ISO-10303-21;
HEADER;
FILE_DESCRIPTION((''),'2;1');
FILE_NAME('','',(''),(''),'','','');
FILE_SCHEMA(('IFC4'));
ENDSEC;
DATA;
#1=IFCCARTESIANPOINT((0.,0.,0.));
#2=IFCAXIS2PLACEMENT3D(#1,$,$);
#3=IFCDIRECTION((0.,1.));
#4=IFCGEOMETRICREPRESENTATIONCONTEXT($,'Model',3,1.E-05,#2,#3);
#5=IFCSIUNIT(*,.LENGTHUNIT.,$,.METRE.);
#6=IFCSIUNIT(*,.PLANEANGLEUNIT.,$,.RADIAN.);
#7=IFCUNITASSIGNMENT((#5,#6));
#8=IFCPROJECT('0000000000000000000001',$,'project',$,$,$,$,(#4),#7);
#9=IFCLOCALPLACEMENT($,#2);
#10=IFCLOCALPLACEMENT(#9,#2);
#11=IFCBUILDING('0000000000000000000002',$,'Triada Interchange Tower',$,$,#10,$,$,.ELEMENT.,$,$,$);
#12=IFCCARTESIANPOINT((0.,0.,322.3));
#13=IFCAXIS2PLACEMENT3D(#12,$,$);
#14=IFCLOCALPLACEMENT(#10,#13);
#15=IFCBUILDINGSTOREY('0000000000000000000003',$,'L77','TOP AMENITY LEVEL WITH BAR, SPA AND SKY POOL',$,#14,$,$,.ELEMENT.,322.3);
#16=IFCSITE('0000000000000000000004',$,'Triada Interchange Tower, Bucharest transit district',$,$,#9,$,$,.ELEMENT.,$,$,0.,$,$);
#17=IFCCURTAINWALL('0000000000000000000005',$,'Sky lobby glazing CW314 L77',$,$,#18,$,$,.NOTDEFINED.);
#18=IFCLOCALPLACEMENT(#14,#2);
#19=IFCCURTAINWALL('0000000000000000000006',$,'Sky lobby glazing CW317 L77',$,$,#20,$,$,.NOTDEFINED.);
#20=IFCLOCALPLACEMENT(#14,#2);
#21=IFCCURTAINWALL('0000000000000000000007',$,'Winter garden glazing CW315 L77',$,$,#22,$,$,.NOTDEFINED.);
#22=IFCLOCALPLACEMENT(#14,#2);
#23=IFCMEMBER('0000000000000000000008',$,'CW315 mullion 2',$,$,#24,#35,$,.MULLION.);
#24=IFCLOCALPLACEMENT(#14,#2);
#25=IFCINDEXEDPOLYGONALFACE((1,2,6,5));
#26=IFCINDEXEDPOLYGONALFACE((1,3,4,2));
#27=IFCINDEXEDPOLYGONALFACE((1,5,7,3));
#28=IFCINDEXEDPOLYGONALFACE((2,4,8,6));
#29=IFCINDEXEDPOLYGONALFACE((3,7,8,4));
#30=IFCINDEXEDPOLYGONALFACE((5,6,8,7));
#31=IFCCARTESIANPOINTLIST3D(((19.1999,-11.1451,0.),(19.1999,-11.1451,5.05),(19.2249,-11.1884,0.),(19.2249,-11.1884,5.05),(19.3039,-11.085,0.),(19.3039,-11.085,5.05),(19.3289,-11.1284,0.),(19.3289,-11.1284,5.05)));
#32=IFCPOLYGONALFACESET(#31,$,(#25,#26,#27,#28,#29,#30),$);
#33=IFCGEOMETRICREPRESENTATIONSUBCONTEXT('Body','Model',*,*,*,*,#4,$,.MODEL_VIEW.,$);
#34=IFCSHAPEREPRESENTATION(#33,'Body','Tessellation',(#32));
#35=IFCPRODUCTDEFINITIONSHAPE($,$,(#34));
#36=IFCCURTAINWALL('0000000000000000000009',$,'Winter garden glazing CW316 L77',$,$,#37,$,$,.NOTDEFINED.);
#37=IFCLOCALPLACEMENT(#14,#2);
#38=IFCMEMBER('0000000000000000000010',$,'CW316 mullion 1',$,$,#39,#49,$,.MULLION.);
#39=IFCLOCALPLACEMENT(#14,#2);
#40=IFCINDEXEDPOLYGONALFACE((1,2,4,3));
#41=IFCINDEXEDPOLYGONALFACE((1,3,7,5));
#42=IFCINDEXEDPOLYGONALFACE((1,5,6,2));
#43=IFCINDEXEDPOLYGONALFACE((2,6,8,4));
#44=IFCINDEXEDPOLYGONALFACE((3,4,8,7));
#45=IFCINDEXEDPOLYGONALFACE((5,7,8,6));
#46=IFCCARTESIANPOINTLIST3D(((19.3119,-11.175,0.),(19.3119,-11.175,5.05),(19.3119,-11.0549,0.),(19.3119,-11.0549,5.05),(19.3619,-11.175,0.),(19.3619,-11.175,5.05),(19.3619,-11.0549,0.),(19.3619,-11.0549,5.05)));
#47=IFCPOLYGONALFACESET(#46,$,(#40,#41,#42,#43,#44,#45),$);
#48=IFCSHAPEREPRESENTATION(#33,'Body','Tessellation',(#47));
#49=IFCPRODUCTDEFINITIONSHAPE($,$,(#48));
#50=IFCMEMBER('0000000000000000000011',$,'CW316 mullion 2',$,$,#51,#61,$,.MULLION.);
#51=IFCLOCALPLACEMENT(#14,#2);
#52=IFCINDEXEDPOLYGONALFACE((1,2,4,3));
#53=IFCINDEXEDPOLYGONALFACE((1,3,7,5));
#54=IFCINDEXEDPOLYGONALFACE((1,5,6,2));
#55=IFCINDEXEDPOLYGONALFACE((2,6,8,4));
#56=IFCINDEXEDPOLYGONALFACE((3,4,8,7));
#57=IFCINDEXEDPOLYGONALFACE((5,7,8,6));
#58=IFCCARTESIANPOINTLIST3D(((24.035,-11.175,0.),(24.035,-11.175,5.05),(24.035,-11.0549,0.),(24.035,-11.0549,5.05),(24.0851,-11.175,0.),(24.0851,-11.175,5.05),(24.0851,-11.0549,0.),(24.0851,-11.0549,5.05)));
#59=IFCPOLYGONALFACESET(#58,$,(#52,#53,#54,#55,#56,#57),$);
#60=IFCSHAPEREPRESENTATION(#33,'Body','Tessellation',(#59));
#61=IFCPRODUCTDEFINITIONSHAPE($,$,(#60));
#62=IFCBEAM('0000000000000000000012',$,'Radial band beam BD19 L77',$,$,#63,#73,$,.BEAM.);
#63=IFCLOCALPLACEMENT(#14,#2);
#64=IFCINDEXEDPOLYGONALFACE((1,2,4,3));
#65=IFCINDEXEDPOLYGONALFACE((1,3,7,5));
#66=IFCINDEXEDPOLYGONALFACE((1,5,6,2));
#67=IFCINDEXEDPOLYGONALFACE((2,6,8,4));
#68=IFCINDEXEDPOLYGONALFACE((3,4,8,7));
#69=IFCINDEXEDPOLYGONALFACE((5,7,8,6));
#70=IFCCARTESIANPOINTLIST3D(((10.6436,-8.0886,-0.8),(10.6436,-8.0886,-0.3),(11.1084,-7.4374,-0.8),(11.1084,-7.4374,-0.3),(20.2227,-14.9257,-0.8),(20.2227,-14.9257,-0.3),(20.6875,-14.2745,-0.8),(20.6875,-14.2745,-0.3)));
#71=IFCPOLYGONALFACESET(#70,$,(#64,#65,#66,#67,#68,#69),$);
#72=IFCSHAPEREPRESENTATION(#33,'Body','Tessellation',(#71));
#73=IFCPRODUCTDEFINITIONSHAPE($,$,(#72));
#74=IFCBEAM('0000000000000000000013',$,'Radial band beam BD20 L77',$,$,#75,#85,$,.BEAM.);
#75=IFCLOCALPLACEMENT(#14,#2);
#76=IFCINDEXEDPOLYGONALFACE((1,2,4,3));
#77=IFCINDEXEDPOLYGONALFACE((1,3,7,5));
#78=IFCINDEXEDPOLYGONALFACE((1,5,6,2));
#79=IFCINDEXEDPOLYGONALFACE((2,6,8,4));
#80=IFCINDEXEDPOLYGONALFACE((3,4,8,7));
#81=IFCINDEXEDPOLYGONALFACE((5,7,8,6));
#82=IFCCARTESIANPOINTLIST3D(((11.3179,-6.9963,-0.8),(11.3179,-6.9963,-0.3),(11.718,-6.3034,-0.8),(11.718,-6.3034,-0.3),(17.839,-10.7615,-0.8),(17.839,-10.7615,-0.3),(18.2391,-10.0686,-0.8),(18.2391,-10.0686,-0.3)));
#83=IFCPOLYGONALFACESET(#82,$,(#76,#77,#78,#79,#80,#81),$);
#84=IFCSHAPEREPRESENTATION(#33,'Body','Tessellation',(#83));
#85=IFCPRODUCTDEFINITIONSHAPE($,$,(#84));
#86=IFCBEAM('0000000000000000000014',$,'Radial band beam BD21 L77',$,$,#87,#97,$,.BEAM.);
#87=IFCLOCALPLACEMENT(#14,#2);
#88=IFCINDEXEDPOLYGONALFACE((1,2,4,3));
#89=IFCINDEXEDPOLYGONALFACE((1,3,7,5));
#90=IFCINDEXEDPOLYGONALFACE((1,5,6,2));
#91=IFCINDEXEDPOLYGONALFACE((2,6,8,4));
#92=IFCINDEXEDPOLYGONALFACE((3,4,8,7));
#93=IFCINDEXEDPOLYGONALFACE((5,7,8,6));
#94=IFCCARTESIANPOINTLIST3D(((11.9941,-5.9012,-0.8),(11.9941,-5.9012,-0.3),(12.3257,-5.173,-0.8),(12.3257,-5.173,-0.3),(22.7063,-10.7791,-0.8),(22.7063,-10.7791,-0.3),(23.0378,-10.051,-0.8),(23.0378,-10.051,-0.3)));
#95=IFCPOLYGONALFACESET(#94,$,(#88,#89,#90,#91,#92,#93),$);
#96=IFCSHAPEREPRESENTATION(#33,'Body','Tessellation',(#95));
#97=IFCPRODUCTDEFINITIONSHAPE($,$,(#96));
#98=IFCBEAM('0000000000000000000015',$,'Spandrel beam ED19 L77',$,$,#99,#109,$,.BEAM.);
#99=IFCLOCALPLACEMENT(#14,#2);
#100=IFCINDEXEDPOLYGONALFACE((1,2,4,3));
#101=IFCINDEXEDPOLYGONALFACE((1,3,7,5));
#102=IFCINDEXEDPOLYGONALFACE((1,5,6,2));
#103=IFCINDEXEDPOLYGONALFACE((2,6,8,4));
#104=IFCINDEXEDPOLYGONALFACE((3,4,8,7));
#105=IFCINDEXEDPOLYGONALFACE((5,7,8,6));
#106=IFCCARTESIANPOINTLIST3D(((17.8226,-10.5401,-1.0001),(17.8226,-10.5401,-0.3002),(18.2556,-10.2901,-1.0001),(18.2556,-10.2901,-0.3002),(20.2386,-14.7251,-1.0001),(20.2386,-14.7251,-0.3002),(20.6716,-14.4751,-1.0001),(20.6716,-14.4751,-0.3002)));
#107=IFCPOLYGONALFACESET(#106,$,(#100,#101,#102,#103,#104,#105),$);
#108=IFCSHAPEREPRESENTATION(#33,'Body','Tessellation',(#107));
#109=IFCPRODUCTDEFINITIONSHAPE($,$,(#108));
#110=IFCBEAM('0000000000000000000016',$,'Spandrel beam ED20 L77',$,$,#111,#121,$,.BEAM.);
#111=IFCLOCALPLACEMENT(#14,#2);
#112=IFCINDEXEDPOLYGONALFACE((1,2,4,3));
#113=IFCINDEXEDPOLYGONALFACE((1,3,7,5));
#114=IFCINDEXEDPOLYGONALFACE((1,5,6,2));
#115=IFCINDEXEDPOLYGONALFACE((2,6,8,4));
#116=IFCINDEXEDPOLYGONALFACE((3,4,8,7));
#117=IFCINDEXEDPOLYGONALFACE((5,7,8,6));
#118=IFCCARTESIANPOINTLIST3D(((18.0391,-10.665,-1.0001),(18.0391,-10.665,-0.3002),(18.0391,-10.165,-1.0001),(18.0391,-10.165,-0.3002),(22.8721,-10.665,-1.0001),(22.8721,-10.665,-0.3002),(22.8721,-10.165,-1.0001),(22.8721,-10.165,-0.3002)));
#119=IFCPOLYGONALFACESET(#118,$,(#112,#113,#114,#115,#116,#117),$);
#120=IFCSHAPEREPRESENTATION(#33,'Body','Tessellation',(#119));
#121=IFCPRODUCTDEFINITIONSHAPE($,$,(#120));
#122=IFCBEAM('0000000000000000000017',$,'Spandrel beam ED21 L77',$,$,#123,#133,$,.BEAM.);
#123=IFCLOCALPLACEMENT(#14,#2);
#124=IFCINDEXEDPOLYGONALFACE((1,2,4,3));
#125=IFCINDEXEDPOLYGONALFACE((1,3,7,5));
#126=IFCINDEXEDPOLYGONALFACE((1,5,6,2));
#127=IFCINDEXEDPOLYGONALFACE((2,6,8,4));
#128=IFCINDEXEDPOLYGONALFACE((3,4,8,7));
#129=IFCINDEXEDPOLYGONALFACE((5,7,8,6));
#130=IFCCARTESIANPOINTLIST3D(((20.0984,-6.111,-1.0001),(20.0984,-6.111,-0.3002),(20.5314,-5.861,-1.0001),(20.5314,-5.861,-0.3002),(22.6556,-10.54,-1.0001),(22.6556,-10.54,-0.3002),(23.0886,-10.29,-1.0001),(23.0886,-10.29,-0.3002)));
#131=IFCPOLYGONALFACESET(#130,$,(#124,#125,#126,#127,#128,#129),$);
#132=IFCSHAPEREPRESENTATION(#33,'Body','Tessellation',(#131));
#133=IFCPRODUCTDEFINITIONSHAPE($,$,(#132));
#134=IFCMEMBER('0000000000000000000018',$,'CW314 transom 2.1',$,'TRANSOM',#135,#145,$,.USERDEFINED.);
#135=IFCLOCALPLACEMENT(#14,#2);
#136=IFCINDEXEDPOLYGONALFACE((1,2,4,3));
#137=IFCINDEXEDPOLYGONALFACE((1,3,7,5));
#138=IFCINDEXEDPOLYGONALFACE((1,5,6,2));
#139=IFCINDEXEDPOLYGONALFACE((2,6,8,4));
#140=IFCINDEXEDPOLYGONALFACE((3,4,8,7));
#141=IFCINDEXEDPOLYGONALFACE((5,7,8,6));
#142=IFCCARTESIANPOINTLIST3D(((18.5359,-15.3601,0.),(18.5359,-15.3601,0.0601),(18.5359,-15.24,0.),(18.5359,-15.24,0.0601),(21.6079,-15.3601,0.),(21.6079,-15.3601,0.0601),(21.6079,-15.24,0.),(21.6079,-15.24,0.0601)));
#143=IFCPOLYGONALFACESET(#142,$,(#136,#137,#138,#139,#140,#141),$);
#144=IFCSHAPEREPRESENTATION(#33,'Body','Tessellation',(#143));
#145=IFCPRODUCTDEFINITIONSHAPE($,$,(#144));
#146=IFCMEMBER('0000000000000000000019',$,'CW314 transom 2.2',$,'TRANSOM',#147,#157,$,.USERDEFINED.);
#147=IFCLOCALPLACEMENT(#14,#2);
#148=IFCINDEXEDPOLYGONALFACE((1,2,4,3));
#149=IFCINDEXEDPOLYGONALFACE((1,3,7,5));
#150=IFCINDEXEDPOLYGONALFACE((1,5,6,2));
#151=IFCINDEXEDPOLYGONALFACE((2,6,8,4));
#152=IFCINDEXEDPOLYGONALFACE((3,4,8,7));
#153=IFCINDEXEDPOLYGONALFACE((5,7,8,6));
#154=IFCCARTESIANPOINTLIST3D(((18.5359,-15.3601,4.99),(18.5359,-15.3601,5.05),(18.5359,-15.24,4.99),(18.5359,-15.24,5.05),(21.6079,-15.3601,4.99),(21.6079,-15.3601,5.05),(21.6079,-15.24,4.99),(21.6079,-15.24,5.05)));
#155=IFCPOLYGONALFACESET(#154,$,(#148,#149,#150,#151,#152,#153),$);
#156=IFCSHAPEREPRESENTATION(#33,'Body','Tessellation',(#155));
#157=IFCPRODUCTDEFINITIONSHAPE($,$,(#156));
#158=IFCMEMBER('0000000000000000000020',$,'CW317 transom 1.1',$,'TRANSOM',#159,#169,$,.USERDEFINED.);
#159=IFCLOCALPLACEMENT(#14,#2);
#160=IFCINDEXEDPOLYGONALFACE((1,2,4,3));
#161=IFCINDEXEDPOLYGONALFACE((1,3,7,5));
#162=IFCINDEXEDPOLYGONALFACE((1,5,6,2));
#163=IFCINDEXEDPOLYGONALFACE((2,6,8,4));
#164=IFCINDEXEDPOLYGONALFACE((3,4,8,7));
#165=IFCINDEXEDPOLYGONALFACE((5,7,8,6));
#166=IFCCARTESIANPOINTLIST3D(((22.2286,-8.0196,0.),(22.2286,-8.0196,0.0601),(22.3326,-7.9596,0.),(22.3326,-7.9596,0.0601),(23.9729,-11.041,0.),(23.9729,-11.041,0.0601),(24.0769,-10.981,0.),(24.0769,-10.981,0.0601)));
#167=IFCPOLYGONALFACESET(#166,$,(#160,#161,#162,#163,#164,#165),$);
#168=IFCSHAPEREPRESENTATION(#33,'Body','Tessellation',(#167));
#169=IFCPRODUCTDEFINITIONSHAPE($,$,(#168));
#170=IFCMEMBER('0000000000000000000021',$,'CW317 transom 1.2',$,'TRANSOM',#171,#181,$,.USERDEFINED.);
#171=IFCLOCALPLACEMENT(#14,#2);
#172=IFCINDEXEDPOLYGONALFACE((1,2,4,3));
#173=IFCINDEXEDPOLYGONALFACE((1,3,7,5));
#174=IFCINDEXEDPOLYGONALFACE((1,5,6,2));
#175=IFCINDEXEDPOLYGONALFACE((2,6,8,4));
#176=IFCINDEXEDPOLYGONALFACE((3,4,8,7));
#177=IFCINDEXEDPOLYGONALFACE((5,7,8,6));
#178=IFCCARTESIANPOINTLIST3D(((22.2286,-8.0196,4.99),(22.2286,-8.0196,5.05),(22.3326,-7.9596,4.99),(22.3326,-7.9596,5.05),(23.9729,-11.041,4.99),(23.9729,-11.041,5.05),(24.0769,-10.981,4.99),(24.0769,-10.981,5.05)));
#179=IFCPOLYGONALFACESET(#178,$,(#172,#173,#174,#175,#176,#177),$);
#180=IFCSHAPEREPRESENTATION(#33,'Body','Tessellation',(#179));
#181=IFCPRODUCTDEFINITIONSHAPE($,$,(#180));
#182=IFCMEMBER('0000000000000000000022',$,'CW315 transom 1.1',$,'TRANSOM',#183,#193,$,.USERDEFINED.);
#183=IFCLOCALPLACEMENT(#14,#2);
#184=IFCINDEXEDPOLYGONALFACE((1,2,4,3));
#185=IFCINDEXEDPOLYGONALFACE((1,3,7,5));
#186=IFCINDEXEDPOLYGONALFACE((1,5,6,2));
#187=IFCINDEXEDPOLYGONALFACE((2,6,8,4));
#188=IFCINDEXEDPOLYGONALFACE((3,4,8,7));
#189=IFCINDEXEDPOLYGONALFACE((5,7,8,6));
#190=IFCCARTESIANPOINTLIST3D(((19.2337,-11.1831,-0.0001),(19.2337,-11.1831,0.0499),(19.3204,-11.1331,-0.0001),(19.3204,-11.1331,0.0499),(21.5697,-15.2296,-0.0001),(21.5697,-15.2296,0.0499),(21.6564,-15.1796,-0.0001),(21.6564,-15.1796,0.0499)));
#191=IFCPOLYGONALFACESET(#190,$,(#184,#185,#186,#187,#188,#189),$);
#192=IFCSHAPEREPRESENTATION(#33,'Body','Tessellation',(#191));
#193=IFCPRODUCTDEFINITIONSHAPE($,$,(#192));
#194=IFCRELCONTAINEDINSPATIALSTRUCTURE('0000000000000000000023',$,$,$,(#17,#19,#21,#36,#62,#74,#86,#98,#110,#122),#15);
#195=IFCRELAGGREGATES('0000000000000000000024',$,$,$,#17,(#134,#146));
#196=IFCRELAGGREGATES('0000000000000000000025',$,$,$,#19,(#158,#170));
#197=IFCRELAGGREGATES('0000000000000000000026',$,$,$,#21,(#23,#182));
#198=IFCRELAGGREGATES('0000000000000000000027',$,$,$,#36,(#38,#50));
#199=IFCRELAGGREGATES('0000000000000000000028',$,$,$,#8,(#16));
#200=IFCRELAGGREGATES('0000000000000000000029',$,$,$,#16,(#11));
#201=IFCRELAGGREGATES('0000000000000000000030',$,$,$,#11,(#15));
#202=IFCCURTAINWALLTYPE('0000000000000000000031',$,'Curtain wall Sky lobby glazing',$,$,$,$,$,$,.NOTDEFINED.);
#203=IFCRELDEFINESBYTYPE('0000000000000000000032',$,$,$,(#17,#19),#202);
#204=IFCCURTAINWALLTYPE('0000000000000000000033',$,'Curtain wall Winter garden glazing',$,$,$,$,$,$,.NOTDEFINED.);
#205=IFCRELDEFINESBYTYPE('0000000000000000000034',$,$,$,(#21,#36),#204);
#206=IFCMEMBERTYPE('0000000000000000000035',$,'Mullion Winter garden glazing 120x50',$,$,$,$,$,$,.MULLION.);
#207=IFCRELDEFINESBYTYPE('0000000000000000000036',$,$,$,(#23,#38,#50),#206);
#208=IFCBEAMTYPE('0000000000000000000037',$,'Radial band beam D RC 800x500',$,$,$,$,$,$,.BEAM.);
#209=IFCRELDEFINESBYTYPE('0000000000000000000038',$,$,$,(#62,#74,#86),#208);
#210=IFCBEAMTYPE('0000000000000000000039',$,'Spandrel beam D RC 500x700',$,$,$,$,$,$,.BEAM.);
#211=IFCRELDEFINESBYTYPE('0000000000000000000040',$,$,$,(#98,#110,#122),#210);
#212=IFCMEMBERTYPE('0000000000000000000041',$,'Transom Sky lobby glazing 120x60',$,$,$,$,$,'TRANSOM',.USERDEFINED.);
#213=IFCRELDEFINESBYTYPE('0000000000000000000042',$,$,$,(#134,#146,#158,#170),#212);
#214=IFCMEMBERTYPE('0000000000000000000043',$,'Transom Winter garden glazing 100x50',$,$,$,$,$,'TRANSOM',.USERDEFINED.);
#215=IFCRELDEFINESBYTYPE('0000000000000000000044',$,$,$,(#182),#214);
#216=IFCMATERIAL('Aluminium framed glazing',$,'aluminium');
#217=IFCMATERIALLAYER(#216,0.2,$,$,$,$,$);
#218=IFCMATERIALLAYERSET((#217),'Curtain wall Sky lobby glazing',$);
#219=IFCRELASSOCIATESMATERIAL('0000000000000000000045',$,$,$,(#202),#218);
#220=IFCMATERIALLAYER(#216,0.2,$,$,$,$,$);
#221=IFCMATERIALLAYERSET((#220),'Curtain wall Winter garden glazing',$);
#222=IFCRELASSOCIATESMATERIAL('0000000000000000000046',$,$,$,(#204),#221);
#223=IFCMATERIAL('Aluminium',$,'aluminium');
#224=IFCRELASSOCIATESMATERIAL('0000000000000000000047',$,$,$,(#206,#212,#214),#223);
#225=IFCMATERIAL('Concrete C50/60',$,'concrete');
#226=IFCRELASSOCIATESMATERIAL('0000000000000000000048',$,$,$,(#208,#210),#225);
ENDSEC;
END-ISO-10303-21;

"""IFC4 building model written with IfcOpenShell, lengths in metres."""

from ifc_helpers import new_model, si_unit, direction, frame, origin, origin_2d, place, context, subcontext, project, spatial, rectangle, extrude, material, layer, layer_set, material_profile, profile_set, type_object, element, aggregate, save


model = new_model("IFC4")

# Units and contexts
model_context = context("Model", 3, precision=1e-05, world=origin(), true_north=direction((0.0, 1.0)))
body_context = subcontext(model_context, "Body", "Model", "MODEL_VIEW")
ifc_project = project(units=[si_unit("LENGTHUNIT", "METRE"), si_unit("PLANEANGLEUNIT", "RADIAN")], contexts=[model_context])

# Site, building, storey
site_placement = place(None, origin())
site = spatial("IfcSite", under=ifc_project, at=site_placement, Name="Triada Interchange Tower, Bucharest transit district", CompositionType="ELEMENT", RefElevation=0.0)
building_placement = place(site_placement, origin())
building = spatial("IfcBuilding", under=site, at=building_placement, Name="Triada Interchange Tower", CompositionType="ELEMENT")
storey_placement = place(building_placement, frame((0.0, 0.0, 322.3)))
storey = spatial("IfcBuildingStorey", under=building, at=storey_placement, Name="L77", Description="TOP AMENITY LEVEL WITH BAR, SPA AND SKY POOL", CompositionType="ELEMENT", Elevation=322.3)

# Curtain wall
ifc_material_1 = material(Name="Aluminium framed glazing", Category="aluminium")
ifc_layer_1 = layer(ifc_material_1, 0.2)
ifc_layer_set_1 = layer_set([ifc_layer_1], Name="Curtain wall Sky lobby glazing")
curtain_wall_type_1 = type_object("IfcCurtainWallType", Name="Curtain wall Sky lobby glazing", PredefinedType="NOTDEFINED", material=ifc_layer_set_1)
curtain_wall_1_placement = place(storey_placement, origin())
curtain_wall_1 = element("IfcCurtainWall", 1, at=curtain_wall_1_placement, inside=storey, type_object=curtain_wall_type_1, Name="Sky lobby glazing CW314 L77", PredefinedType="NOTDEFINED")
ifc_material_2 = material(Name="Aluminium", Category="aluminium")

# Curtain wall
curtain_wall_2_placement = place(storey_placement, origin())
curtain_wall_2 = element("IfcCurtainWall", 2, at=curtain_wall_2_placement, inside=storey, type_object=curtain_wall_type_1, Name="Sky lobby glazing CW317 L77", PredefinedType="NOTDEFINED")

# Curtain walls, members
ifc_layer_2 = layer(ifc_material_1, 0.2)
ifc_layer_set_2 = layer_set([ifc_layer_2], Name="Curtain wall Winter garden glazing")
curtain_wall_type_2 = type_object("IfcCurtainWallType", Name="Curtain wall Winter garden glazing", PredefinedType="NOTDEFINED", material=ifc_layer_set_2)
curtain_wall_3_placement = place(storey_placement, origin())
curtain_wall_3 = element("IfcCurtainWall", 3, at=curtain_wall_3_placement, inside=storey, type_object=curtain_wall_type_2, Name="Winter garden glazing CW315 L77", PredefinedType="NOTDEFINED")
ifc_material_profile_1 = material_profile(ifc_material_2, rectangle(XDim=0.1201, YDim=0.05, at=origin_2d()), Name="Aluminium mullion")
ifc_profile_set_1 = profile_set([ifc_material_profile_1], Name="Aluminium")
member_type_1 = type_object("IfcMemberType", Name="Mullion Winter garden glazing 120x50", PredefinedType="MULLION", material=ifc_profile_set_1)
member_1_placement = place(storey_placement, frame((19.2644, -11.1367, 0.0), z_axis=(0.0, 0.0, 1.0), x_axis=(-0.866043, -0.49997, 0.0)))
member_1 = element("IfcMember", 4, at=member_1_placement, type_object=member_type_1, Name="CW315 mullion 2", PredefinedType="MULLION", context=body_context, shape_type="SweptSolid", body=[
    extrude(rectangle(XDim=0.1201, YDim=0.05, at=origin_2d()), origin(), (0.0, 0.0, 1.0), 5.05),
])
curtain_wall_4_placement = place(storey_placement, origin())
curtain_wall_4 = element("IfcCurtainWall", 5, at=curtain_wall_4_placement, inside=storey, type_object=curtain_wall_type_2, Name="Winter garden glazing CW316 L77", PredefinedType="NOTDEFINED")
member_2_placement = place(storey_placement, frame((19.3369, -11.115, 0.0), z_axis=(0.0, 0.0, 1.0), x_axis=(0.0, 1.0, 0.0)))
member_2 = element("IfcMember", 6, at=member_2_placement, type_object=member_type_1, Name="CW316 mullion 1", PredefinedType="MULLION", context=body_context, shape_type="SweptSolid", body=[
    extrude(rectangle(XDim=0.1201, YDim=0.05, at=origin_2d()), origin(), (0.0, 0.0, 1.0), 5.05),
])
member_3_placement = place(storey_placement, frame((24.0601, -11.115, 0.0), z_axis=(0.0, 0.0, 1.0), x_axis=(0.0, 1.0, 0.0)))
member_3 = element("IfcMember", 7, at=member_3_placement, type_object=member_type_1, Name="CW316 mullion 2", PredefinedType="MULLION", context=body_context, shape_type="SweptSolid", body=[
    extrude(rectangle(XDim=0.1201, YDim=0.05, at=origin_2d()), origin(), (0.0, 0.0, 1.0), 5.05),
])

# Beams
ifc_material_3 = material(Name="Concrete C50/60", Category="concrete")
ifc_material_profile_2 = material_profile(ifc_material_3, rectangle(XDim=0.8, YDim=0.5, at=origin_2d()), Name="RC 800x500")
ifc_profile_set_2 = profile_set([ifc_material_profile_2], Name="Concrete C50/60")
beam_type_1 = type_object("IfcBeamType", Name="Radial band beam D RC 800x500", PredefinedType="BEAM", material=ifc_profile_set_2)
beam_1_placement = place(storey_placement, frame((20.4551, -14.6001, -0.55), z_axis=(-0.813937, 0.580954, 0.0), x_axis=(-0.580954, -0.813937, 0.0)))
element("IfcBeam", 8, at=beam_1_placement, inside=storey, type_object=beam_type_1, Name="Radial band beam BD19 L77", PredefinedType="BEAM", context=body_context, shape_type="SweptSolid", body=[
    extrude(rectangle(XDim=0.8, YDim=0.5, at=origin_2d()), origin(), (0.0, 0.0, 1.0), 11.7688),
])
beam_2_placement = place(storey_placement, frame((18.0391, -10.415, -0.55), z_axis=(-0.866012, 0.500024, 0.0), x_axis=(-0.500024, -0.866012, 0.0)))
element("IfcBeam", 9, at=beam_2_placement, inside=storey, type_object=beam_type_1, Name="Radial band beam BD20 L77", PredefinedType="BEAM", context=body_context, shape_type="SweptSolid", body=[
    extrude(rectangle(XDim=0.8, YDim=0.5, at=origin_2d()), origin(), (0.0, 0.0, 1.0), 7.53),
])
beam_3_placement = place(storey_placement, frame((22.8721, -10.415, -0.55), z_axis=(-0.910086, 0.41442, 0.0), x_axis=(-0.41442, -0.910086, 0.0)))
element("IfcBeam", 10, at=beam_3_placement, inside=storey, type_object=beam_type_1, Name="Radial band beam BD21 L77", PredefinedType="BEAM", context=body_context, shape_type="SweptSolid", body=[
    extrude(rectangle(XDim=0.8, YDim=0.5, at=origin_2d()), origin(), (0.0, 0.0, 1.0), 11.7705),
])
ifc_material_profile_3 = material_profile(ifc_material_3, rectangle(XDim=0.5, YDim=0.7, at=origin_2d()), Name="RC 500x700")
ifc_profile_set_3 = profile_set([ifc_material_profile_3], Name="Concrete C50/60")
beam_type_2 = type_object("IfcBeamType", Name="Spandrel beam D RC 500x700", PredefinedType="BEAM", material=ifc_profile_set_3)
beam_4_placement = place(storey_placement, frame((20.4551, -14.6001, -0.6501), z_axis=(-0.499964, 0.866046, 0.0), x_axis=(-0.866046, -0.499964, 0.0)))
element("IfcBeam", 11, at=beam_4_placement, inside=storey, type_object=beam_type_2, Name="Spandrel beam ED19 L77", PredefinedType="BEAM", context=body_context, shape_type="SweptSolid", body=[
    extrude(rectangle(XDim=0.5, YDim=0.7, at=origin_2d()), origin(), (0.0, 0.0, 1.0), 4.8323),
])
beam_5_placement = place(storey_placement, frame((18.0391, -10.415, -0.6501), z_axis=(1.0, 0.0, 0.0), x_axis=(0.0, 1.0, 0.0)))
element("IfcBeam", 12, at=beam_5_placement, inside=storey, type_object=beam_type_2, Name="Spandrel beam ED20 L77", PredefinedType="BEAM", context=body_context, shape_type="SweptSolid", body=[
    extrude(rectangle(XDim=0.5, YDim=0.7, at=origin_2d()), origin(), (0.0, 0.0, 1.0), 4.833),
])
beam_6_placement = place(storey_placement, frame((22.8721, -10.415, -0.6501), z_axis=(-0.50001, 0.866019, 0.0), x_axis=(-0.866019, -0.50001, 0.0)))
element("IfcBeam", 13, at=beam_6_placement, inside=storey, type_object=beam_type_2, Name="Spandrel beam ED21 L77", PredefinedType="BEAM", context=body_context, shape_type="SweptSolid", body=[
    extrude(rectangle(XDim=0.5, YDim=0.7, at=origin_2d()), origin(), (0.0, 0.0, 1.0), 5.1143),
])

# Members
ifc_material_profile_4 = material_profile(ifc_material_2, rectangle(XDim=0.1201, YDim=0.0601, at=origin_2d()), Name="Aluminium transom")
ifc_profile_set_4 = profile_set([ifc_material_profile_4], Name="Aluminium")
member_type_2 = type_object("IfcMemberType", Name="Transom Sky lobby glazing 120x60", ElementType="TRANSOM", PredefinedType="USERDEFINED", material=ifc_profile_set_4)
member_4_placement = place(storey_placement, frame((18.5359, -15.3, 0.03), z_axis=(1.0, 0.0, 0.0), x_axis=(0.0, 1.0, 0.0)))
member_4 = element("IfcMember", 14, at=member_4_placement, type_object=member_type_2, Name="CW314 transom 2.1", ObjectType="TRANSOM", PredefinedType="USERDEFINED", context=body_context, shape_type="SweptSolid", body=[
    extrude(rectangle(XDim=0.1201, YDim=0.0601, at=origin_2d()), origin(), (0.0, 0.0, 1.0), 3.072),
])
member_5_placement = place(storey_placement, frame((18.5359, -15.3, 5.02), z_axis=(1.0, 0.0, 0.0), x_axis=(0.0, 1.0, 0.0)))
member_5 = element("IfcMember", 15, at=member_5_placement, type_object=member_type_2, Name="CW314 transom 2.2", ObjectType="TRANSOM", PredefinedType="USERDEFINED", context=body_context, shape_type="SweptSolid", body=[
    extrude(rectangle(XDim=0.1201, YDim=0.0601, at=origin_2d()), origin(), (0.0, 0.0, 1.0), 3.072),
])
member_6_placement = place(storey_placement, frame((24.0249, -11.011, 0.03), z_axis=(-0.499985, 0.866034, 0.0), x_axis=(-0.866034, -0.499985, 0.0)))
member_6 = element("IfcMember", 16, at=member_6_placement, type_object=member_type_2, Name="CW317 transom 1.1", ObjectType="TRANSOM", PredefinedType="USERDEFINED", context=body_context, shape_type="SweptSolid", body=[
    extrude(rectangle(XDim=0.1201, YDim=0.0601, at=origin_2d()), origin(), (0.0, 0.0, 1.0), 3.4888),
])
member_7_placement = place(storey_placement, frame((24.0249, -11.011, 5.02), z_axis=(-0.499985, 0.866034, 0.0), x_axis=(-0.866034, -0.499985, 0.0)))
member_7 = element("IfcMember", 17, at=member_7_placement, type_object=member_type_2, Name="CW317 transom 1.2", ObjectType="TRANSOM", PredefinedType="USERDEFINED", context=body_context, shape_type="SweptSolid", body=[
    extrude(rectangle(XDim=0.1201, YDim=0.0601, at=origin_2d()), origin(), (0.0, 0.0, 1.0), 3.4888),
])
ifc_material_profile_5 = material_profile(ifc_material_2, rectangle(XDim=0.1001, YDim=0.05, at=origin_2d()), Name="Aluminium transom")
ifc_profile_set_5 = profile_set([ifc_material_profile_5], Name="Aluminium")
member_type_3 = type_object("IfcMemberType", Name="Transom Winter garden glazing 100x50", ElementType="TRANSOM", PredefinedType="USERDEFINED", material=ifc_profile_set_5)
member_8_placement = place(storey_placement, frame((21.613, -15.2046, 0.0249), z_axis=(-0.499961, 0.866048, 0.0), x_axis=(-0.866048, -0.499961, 0.0)))
member_8 = element("IfcMember", 18, at=member_8_placement, type_object=member_type_3, Name="CW315 transom 1.1", ObjectType="TRANSOM", PredefinedType="USERDEFINED", context=body_context, shape_type="SweptSolid", body=[
    extrude(rectangle(XDim=0.1001, YDim=0.05, at=origin_2d()), origin(), (0.0, 0.0, 1.0), 4.6724),
])

aggregate(curtain_wall_1, [member_4, member_5])
aggregate(curtain_wall_2, [member_6, member_7])
aggregate(curtain_wall_3, [member_1, member_8])
aggregate(curtain_wall_4, [member_2, member_3])

save(model, "model.ifc")
